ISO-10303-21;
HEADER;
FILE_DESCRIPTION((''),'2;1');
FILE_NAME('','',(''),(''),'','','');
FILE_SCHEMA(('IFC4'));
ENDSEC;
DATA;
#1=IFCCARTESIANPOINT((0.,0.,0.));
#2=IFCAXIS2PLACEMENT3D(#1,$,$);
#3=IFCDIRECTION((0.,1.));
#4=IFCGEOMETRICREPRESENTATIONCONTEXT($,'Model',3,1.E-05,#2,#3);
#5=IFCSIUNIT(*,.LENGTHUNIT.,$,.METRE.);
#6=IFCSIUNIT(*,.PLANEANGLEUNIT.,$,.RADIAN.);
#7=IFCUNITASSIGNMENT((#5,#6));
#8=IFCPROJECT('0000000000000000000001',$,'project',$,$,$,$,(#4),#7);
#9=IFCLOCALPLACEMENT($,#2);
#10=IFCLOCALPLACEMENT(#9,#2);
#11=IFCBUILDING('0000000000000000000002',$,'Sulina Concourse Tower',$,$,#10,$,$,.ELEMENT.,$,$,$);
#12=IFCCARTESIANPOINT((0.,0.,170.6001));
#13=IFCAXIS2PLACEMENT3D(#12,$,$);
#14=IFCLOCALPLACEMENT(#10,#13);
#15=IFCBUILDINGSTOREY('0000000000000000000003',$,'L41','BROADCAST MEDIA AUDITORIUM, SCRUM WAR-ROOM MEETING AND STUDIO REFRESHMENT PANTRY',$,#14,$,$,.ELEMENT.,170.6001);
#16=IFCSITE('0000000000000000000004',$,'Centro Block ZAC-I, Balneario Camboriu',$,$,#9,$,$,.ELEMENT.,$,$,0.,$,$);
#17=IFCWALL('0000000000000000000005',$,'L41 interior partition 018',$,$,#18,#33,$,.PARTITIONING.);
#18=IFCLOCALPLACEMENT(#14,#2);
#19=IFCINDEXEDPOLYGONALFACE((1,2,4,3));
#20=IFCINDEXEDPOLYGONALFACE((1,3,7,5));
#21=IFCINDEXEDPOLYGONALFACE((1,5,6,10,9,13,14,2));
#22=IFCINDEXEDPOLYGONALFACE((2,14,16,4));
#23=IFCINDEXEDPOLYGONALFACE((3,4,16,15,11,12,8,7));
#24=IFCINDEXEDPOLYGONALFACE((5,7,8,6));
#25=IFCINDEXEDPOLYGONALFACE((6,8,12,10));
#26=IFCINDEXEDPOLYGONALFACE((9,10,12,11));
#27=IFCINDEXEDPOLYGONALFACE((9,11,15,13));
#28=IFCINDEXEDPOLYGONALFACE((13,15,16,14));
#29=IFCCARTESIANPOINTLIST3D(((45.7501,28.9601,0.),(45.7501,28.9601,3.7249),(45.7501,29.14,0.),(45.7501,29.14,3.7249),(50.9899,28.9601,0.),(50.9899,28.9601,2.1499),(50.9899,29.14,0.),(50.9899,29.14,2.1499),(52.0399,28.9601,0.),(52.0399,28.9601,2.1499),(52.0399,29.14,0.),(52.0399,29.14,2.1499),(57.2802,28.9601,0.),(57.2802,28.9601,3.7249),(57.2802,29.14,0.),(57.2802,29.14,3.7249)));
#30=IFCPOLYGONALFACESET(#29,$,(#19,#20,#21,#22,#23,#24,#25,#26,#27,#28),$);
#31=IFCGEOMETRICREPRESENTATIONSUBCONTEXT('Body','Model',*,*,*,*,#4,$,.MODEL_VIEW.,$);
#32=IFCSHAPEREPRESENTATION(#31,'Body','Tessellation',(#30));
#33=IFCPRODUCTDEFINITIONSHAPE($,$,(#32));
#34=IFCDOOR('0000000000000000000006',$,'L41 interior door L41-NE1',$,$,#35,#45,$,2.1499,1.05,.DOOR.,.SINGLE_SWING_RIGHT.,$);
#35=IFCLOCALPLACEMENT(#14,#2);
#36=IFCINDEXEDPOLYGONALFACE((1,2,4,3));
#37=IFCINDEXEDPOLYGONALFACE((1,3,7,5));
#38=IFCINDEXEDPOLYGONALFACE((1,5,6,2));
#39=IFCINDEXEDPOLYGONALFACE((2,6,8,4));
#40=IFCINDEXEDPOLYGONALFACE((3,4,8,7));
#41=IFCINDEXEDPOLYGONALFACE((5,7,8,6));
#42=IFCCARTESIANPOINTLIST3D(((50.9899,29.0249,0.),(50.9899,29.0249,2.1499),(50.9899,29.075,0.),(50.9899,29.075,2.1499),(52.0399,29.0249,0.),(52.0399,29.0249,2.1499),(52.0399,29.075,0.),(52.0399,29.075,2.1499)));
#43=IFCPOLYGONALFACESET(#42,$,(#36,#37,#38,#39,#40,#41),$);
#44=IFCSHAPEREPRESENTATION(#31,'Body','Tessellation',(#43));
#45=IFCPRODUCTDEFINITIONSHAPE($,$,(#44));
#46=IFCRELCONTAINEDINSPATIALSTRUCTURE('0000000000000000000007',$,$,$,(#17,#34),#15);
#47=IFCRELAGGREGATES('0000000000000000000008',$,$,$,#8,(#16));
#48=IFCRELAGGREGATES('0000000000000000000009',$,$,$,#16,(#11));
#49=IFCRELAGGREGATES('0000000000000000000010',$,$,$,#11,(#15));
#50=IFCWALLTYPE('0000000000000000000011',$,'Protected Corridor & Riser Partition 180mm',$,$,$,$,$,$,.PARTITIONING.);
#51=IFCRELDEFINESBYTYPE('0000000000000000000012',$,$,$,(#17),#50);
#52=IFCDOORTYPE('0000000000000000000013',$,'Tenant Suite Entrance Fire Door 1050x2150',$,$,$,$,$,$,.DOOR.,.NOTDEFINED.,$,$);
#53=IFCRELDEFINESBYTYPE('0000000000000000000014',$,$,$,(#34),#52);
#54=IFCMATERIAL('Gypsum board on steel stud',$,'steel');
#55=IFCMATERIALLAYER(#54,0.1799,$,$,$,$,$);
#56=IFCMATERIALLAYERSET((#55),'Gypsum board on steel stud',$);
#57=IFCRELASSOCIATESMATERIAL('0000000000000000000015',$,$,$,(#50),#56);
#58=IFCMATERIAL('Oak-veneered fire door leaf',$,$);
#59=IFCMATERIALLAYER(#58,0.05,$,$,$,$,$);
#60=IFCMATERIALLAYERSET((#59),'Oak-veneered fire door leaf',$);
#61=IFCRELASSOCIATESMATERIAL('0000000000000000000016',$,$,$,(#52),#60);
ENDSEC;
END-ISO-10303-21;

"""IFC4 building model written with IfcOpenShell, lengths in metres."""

from ifc_helpers import new_model, si_unit, direction, frame, frame_2d, origin, place, context, subcontext, project, spatial, rectangle, extrude, material, layer, layer_set, type_object, element, fill, save


model = new_model("IFC4")

# Units and contexts
model_context = context("Model", 3, precision=1e-05, world=origin(), true_north=direction((0.0, 1.0)))
body_context = subcontext(model_context, "Body", "Model", "MODEL_VIEW")
ifc_project = project(units=[si_unit("LENGTHUNIT", "METRE"), si_unit("PLANEANGLEUNIT", "RADIAN")], contexts=[model_context])

# Site, building, storey
site_placement = place(None, origin())
site = spatial("IfcSite", under=ifc_project, at=site_placement, Name="Centro Block ZAC-I, Balneario Camboriu", CompositionType="ELEMENT", RefElevation=0.0)
building_placement = place(site_placement, origin())
building = spatial("IfcBuilding", under=site, at=building_placement, Name="Sulina Concourse Tower", CompositionType="ELEMENT")
storey_placement = place(building_placement, frame((0.0, 0.0, 170.6001)))
storey = spatial("IfcBuildingStorey", under=building, at=storey_placement, Name="L41", Description="BROADCAST MEDIA AUDITORIUM, SCRUM WAR-ROOM MEETING AND STUDIO REFRESHMENT PANTRY", CompositionType="ELEMENT", Elevation=170.6001)

# Wall, opening, door
ifc_material_1 = material(Name="Gypsum board on steel stud", Category="steel")
ifc_layer_1 = layer(ifc_material_1, 0.1799)
ifc_layer_set_1 = layer_set([ifc_layer_1], Name="Gypsum board on steel stud")
wall_type_1 = type_object("IfcWallType", Name="Protected Corridor & Riser Partition 180mm", PredefinedType="PARTITIONING", material=ifc_layer_set_1)
ifc_material_2 = material(Name="Oak-veneered fire door leaf")
ifc_layer_2 = layer(ifc_material_2, 0.05)
ifc_layer_set_2 = layer_set([ifc_layer_2], Name="Oak-veneered fire door leaf")
door_type = type_object("IfcDoorType", Name="Tenant Suite Entrance Fire Door 1050x2150", OperationType="NOTDEFINED", PredefinedType="DOOR", material=ifc_layer_set_2)
wall_1_placement = place(storey_placement, frame((45.75, 29.05, 0.0), z_axis=(0.0, 0.0, 1.0), x_axis=(1.0, 0.0, 0.0)))
wall_1 = element("IfcWall", 1, at=wall_1_placement, inside=storey, type_object=wall_type_1, Name="L41 interior partition 018", PredefinedType="PARTITIONING", context=body_context, shape_type="SweptSolid", body=[
    extrude(rectangle(XDim=11.53, YDim=0.1799, at=frame_2d((5.7651, 0.0))), origin(), (0.0, 0.0, 1.0), 3.7249),
])
opening_1_placement = place(wall_1_placement, frame((5.24, 0.0, 0.0)))
opening_1 = element("IfcOpeningElement", 2, at=opening_1_placement, cuts=wall_1, PredefinedType="OPENING", context=body_context, shape_type="SweptSolid", body=[
    extrude(rectangle(XDim=1.05, YDim=2.1499, at=frame_2d((0.5249, 1.075))), frame((0.0, 0.0999, 0.0), z_axis=(0.0, -1.0, 0.0), x_axis=(1.0, 0.0, 0.0)), (0.0, 0.0, 1.0), 0.2),
])
door_1_placement = place(opening_1_placement, origin())
door_1 = element("IfcDoor", 3, at=door_1_placement, inside=storey, type_object=door_type, Name="L41 interior door L41-NE1", OperationType="SINGLE_SWING_RIGHT", OverallHeight=2.1499, OverallWidth=1.05, PredefinedType="DOOR", context=body_context, shape_type="SweptSolid", body=[
    extrude(rectangle(XDim=1.05, YDim=2.1499, at=frame_2d((0.5249, 1.075))), frame((0.0, 0.0249, 0.0), z_axis=(0.0, -1.0, 0.0), x_axis=(1.0, 0.0, 0.0)), (0.0, 0.0, 1.0), 0.05),
])
fill(opening_1, door_1)

save(model, "model.ifc")
